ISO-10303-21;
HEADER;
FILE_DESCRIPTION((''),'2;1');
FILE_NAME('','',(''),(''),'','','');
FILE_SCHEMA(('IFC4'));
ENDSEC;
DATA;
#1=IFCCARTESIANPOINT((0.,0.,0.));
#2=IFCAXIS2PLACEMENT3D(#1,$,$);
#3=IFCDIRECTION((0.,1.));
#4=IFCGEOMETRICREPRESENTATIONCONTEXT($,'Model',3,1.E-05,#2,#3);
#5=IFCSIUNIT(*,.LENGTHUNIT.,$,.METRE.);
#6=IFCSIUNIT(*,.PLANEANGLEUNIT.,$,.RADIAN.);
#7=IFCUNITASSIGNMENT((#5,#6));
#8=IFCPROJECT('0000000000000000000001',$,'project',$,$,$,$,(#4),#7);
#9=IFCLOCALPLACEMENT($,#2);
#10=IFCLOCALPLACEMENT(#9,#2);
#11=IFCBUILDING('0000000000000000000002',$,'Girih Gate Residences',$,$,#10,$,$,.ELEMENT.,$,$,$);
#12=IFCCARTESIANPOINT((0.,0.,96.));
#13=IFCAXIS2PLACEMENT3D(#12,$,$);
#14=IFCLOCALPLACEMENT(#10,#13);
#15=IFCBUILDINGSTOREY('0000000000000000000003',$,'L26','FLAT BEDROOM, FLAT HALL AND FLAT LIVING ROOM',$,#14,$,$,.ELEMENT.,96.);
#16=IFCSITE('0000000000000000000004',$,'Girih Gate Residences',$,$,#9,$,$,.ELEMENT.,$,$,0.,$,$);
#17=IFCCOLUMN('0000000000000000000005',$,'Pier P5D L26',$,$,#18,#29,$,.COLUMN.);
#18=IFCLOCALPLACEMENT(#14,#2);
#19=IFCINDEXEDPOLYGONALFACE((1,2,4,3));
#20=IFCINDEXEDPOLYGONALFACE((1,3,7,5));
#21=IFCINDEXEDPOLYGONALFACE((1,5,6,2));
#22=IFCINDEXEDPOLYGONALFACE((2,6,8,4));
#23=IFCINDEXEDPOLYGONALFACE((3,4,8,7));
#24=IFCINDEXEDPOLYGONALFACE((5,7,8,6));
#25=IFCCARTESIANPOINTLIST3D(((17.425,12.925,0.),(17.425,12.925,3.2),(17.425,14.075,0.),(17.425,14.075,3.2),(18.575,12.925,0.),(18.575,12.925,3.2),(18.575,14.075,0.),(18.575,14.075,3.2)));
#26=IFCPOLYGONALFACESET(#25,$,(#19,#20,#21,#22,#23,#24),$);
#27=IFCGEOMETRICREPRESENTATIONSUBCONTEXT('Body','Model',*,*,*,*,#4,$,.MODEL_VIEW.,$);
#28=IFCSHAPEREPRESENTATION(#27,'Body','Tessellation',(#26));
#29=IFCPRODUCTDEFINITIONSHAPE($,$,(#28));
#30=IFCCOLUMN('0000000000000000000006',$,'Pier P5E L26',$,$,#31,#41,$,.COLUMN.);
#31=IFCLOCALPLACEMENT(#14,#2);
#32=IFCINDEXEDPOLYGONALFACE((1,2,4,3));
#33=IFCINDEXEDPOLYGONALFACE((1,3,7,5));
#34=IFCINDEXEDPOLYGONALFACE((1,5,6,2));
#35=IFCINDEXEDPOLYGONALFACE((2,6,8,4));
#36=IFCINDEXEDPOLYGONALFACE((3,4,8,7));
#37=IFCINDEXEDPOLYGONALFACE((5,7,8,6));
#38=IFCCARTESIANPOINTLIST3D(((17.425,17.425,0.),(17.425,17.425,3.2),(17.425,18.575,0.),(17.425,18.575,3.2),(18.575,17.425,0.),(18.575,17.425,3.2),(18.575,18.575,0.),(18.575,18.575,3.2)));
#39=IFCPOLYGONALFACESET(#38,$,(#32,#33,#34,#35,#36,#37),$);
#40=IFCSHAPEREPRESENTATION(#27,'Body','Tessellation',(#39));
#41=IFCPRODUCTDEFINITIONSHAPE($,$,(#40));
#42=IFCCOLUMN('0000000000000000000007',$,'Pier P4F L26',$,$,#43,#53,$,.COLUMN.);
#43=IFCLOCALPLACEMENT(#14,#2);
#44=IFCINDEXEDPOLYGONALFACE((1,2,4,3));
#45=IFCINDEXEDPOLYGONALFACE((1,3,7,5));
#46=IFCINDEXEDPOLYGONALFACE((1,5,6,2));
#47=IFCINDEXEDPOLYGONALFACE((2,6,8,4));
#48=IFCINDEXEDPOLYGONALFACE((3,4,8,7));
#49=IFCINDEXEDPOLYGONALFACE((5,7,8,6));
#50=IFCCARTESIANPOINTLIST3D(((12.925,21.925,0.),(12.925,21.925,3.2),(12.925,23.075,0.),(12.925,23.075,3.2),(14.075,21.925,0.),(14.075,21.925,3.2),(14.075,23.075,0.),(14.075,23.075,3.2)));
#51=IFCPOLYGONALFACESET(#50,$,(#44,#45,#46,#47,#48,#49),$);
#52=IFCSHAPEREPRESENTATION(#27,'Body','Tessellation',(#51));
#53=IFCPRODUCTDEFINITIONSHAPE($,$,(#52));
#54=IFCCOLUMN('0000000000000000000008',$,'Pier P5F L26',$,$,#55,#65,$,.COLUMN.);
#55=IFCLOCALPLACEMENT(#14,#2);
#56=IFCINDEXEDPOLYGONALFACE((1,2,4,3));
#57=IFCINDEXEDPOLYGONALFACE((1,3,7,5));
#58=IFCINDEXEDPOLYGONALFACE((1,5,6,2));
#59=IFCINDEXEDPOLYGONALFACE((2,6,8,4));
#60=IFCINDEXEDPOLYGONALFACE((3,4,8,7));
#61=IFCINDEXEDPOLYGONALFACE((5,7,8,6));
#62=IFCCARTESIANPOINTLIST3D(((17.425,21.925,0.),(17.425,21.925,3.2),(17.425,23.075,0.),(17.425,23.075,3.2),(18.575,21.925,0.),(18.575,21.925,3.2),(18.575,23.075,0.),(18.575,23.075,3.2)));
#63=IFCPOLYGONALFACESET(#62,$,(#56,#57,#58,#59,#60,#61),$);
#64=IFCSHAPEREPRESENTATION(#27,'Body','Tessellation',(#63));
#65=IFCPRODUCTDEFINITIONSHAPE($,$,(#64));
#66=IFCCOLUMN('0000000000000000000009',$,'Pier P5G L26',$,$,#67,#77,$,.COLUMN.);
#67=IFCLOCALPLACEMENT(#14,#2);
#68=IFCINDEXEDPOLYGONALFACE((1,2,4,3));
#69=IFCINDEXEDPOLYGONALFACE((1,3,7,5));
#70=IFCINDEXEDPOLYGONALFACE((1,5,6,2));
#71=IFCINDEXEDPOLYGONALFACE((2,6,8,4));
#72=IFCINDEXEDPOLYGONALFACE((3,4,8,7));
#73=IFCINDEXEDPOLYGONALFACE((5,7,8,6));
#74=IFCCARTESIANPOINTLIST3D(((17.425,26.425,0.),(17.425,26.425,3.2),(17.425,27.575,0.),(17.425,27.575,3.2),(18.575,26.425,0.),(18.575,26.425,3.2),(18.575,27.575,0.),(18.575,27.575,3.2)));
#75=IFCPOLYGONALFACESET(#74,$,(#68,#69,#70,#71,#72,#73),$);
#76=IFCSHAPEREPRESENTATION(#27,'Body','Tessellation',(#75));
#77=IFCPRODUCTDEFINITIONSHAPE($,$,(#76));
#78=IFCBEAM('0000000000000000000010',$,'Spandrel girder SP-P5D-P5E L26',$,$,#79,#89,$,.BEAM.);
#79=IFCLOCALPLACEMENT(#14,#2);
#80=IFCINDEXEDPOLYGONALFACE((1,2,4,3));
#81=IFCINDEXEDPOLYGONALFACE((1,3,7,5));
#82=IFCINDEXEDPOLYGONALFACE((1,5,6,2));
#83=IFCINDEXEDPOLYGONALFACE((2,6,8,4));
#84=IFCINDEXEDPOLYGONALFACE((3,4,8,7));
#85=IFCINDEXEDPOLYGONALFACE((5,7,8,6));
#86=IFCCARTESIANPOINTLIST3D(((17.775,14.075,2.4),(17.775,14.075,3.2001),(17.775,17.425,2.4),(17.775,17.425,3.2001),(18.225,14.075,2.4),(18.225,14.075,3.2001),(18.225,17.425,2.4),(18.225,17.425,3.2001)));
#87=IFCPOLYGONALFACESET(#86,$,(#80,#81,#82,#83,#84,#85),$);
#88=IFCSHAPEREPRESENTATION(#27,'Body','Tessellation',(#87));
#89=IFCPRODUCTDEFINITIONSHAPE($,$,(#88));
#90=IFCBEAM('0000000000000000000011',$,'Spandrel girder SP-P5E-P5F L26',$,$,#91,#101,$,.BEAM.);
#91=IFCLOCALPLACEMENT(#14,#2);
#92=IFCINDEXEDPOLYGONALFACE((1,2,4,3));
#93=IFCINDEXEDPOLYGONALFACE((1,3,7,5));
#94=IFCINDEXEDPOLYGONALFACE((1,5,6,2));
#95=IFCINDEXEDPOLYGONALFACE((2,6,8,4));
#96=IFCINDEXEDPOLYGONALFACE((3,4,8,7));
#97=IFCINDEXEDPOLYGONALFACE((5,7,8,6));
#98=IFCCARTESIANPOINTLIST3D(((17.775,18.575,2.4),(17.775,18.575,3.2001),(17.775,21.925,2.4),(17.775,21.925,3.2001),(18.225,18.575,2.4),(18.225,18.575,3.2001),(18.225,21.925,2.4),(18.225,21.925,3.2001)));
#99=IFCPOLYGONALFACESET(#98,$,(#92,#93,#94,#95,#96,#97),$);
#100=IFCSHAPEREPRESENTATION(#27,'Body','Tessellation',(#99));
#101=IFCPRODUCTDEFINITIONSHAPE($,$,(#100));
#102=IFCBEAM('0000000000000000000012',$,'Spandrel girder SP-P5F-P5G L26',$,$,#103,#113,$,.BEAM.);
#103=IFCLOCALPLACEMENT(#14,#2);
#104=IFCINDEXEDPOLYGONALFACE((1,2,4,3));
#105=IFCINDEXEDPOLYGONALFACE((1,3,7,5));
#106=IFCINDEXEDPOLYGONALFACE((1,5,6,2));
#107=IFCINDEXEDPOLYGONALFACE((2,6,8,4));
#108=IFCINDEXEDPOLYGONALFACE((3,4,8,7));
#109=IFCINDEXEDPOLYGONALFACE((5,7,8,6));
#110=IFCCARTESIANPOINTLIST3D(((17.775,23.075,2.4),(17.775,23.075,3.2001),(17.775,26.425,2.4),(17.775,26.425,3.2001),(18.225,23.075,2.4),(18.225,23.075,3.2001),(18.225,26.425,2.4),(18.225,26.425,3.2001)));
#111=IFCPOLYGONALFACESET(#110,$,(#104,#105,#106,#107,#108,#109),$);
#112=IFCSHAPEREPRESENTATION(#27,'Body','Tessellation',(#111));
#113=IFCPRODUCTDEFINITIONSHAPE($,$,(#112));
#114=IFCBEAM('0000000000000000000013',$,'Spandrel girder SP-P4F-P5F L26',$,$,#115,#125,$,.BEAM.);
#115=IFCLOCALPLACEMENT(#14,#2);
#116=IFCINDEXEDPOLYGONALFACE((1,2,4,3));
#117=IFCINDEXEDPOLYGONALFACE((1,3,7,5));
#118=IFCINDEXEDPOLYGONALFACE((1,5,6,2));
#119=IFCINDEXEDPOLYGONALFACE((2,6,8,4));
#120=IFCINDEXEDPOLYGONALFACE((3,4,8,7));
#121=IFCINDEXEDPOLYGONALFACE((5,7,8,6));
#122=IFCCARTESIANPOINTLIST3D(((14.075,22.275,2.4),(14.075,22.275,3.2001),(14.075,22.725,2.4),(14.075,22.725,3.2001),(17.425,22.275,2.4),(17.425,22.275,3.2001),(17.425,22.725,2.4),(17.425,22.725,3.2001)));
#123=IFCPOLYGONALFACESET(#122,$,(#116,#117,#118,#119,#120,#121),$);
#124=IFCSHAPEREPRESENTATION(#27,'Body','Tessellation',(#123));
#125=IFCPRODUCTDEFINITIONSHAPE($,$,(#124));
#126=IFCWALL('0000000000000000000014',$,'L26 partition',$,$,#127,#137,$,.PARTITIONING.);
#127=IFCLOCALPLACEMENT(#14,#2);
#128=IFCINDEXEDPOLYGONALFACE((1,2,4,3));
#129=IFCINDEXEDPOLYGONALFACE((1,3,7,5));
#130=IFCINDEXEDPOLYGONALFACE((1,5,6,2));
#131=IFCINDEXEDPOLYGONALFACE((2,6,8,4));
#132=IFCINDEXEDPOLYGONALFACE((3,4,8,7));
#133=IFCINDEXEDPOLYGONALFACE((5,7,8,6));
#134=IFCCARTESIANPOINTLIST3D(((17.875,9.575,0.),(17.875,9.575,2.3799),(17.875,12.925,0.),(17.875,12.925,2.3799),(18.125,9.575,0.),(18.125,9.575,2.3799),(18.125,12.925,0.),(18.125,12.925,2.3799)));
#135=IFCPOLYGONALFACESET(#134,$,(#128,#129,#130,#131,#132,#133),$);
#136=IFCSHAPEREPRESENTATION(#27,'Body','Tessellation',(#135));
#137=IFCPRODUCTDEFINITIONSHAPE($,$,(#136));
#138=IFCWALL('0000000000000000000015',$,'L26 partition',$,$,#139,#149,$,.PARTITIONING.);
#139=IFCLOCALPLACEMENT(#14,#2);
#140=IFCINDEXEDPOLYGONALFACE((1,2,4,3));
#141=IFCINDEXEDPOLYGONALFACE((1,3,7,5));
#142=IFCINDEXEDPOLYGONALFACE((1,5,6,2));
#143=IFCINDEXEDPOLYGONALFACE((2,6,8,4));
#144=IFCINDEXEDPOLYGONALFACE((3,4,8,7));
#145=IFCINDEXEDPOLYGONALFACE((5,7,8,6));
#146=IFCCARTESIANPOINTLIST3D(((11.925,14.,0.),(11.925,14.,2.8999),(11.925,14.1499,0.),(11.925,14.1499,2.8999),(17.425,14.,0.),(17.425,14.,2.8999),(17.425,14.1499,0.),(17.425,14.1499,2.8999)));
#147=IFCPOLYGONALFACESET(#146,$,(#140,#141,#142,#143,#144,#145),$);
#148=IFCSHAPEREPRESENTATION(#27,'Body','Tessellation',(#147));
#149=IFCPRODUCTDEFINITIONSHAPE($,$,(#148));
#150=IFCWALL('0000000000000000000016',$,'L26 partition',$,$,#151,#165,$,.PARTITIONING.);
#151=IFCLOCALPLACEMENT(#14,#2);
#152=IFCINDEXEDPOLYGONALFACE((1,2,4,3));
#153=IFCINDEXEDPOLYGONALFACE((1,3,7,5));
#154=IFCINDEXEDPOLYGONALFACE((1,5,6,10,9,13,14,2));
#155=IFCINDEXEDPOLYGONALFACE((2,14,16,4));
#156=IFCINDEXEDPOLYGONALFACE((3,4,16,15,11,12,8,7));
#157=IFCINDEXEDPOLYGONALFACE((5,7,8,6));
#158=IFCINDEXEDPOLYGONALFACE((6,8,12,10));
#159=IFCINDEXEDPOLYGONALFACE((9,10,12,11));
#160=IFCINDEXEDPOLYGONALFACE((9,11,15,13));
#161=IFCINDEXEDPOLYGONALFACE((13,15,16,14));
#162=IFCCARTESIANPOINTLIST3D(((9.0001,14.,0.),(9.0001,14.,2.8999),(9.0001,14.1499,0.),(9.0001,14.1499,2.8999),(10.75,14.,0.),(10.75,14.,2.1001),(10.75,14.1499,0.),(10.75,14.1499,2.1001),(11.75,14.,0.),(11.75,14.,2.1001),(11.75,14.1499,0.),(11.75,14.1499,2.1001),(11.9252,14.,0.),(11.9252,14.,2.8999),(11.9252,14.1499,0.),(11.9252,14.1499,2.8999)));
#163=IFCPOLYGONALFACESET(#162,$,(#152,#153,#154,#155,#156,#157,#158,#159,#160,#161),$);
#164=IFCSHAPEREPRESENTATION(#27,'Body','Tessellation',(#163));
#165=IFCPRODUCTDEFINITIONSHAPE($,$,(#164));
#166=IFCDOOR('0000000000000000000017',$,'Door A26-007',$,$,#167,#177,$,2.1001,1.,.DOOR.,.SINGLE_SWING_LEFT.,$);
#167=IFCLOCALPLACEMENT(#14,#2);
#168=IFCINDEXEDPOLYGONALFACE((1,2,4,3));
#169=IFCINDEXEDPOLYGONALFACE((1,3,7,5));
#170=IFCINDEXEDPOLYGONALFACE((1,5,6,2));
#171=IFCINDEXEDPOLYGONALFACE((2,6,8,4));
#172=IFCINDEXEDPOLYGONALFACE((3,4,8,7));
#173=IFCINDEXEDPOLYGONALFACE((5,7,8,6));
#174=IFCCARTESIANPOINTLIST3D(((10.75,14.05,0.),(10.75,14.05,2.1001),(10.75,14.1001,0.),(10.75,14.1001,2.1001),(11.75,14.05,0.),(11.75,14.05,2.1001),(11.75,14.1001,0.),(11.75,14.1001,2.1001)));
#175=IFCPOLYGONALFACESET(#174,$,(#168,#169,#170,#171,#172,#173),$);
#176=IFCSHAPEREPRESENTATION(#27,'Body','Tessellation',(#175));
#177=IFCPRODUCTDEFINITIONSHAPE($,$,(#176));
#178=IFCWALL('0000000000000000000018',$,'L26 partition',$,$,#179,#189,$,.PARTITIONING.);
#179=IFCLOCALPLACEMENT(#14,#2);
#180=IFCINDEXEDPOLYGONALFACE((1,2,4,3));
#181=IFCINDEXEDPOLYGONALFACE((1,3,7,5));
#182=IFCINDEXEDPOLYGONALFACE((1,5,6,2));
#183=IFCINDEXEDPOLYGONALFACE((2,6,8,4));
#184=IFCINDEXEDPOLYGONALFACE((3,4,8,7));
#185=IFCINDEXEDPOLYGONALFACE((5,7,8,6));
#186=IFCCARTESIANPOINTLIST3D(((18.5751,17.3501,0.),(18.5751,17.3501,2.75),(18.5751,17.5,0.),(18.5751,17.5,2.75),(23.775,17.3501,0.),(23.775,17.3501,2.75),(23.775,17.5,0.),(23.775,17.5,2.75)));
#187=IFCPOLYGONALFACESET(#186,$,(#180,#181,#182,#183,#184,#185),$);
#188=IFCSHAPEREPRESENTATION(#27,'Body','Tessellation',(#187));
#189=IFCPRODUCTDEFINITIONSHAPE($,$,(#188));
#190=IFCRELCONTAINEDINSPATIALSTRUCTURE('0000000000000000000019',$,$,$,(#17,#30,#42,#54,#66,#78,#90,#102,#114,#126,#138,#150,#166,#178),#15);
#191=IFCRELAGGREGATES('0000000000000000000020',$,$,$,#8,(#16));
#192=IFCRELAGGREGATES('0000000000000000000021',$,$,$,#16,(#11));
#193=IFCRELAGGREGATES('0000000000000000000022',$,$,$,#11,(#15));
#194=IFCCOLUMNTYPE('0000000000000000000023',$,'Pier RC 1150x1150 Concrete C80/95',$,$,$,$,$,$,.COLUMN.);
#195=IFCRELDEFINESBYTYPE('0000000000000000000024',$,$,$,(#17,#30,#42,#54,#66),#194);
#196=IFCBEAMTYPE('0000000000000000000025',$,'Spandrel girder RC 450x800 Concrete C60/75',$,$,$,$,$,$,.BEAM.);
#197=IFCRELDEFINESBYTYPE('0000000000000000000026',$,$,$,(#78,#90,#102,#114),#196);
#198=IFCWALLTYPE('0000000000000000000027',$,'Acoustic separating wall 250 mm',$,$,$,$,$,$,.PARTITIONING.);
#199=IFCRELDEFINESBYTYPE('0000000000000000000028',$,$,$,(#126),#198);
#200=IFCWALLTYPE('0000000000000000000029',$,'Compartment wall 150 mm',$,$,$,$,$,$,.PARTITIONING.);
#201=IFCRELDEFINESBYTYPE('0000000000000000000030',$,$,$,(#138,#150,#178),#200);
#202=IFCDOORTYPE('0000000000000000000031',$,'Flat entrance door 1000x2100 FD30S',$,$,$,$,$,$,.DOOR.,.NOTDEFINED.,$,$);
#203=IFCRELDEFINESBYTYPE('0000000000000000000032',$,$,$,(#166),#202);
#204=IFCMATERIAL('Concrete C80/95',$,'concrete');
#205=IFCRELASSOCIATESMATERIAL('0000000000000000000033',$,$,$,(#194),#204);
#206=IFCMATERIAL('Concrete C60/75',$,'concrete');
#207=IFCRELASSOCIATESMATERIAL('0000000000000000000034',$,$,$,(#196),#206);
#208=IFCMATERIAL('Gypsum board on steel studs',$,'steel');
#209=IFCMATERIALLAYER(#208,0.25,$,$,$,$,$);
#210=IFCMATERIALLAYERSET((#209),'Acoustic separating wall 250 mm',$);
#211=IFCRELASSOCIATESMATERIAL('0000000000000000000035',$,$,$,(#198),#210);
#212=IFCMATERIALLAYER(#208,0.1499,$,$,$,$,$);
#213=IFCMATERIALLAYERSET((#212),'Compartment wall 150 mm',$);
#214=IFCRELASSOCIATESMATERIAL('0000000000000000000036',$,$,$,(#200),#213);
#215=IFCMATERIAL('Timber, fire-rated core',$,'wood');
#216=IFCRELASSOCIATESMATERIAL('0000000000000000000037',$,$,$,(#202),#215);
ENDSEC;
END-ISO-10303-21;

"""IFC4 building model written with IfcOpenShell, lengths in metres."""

from ifc_helpers import new_model, si_unit, direction, frame, frame_2d, origin, origin_2d, place, context, subcontext, project, spatial, rectangle, extrude, material, layer, layer_set, material_profile, profile_set, type_object, element, fill, save


model = new_model("IFC4")

# Units and contexts
model_context = context("Model", 3, precision=1e-05, world=origin(), true_north=direction((0.0, 1.0)))
body_context = subcontext(model_context, "Body", "Model", "MODEL_VIEW")
ifc_project = project(units=[si_unit("LENGTHUNIT", "METRE"), si_unit("PLANEANGLEUNIT", "RADIAN")], contexts=[model_context])

# Site, building, storey
site_placement = place(None, origin())
site = spatial("IfcSite", under=ifc_project, at=site_placement, Name="Girih Gate Residences", CompositionType="ELEMENT", RefElevation=0.0)
building_placement = place(site_placement, origin())
building = spatial("IfcBuilding", under=site, at=building_placement, Name="Girih Gate Residences", CompositionType="ELEMENT")
storey_placement = place(building_placement, frame((0.0, 0.0, 96.0)))
storey = spatial("IfcBuildingStorey", under=building, at=storey_placement, Name="L26", Description="FLAT BEDROOM, FLAT HALL AND FLAT LIVING ROOM", CompositionType="ELEMENT", Elevation=96.0)

# Columns
ifc_material_1 = material(Name="Concrete C80/95", Category="concrete")
ifc_material_profile_1 = material_profile(ifc_material_1, rectangle(XDim=1.1499, YDim=1.1499, at=origin_2d()))
ifc_profile_set_1 = profile_set([ifc_material_profile_1], Name="Concrete C80/95")
column_type = type_object("IfcColumnType", Name="Pier RC 1150x1150 Concrete C80/95", PredefinedType="COLUMN", material=ifc_profile_set_1)
for number, where, z_axis, x_axis, name in (
    (1, (18.0, 13.5, 0.0), (0.0, 0.0, 1.0), (1.0, 0.0, 0.0), "Pier P5D L26"),
    (2, (18.0, 18.0, 0.0), (0.0, 0.0, 1.0), (1.0, 0.0, 0.0), "Pier P5E L26"),
    (3, (13.5, 22.5, 0.0), (0.0, 0.0, 1.0), (1.0, 0.0, 0.0), "Pier P4F L26"),
    (4, (18.0, 22.5, 0.0), (0.0, 0.0, 1.0), (1.0, 0.0, 0.0), "Pier P5F L26"),
    (5, (18.0, 27.0, 0.0), (0.0, 0.0, 1.0), (1.0, 0.0, 0.0), "Pier P5G L26"),
):
    element("IfcColumn", number, at=place(storey_placement, frame(where, z_axis=z_axis, x_axis=x_axis)), inside=storey, type_object=column_type, Name=name, PredefinedType="COLUMN", context=body_context, shape_type="SweptSolid", body=[
        extrude(rectangle(XDim=1.1499, YDim=1.1499, at=origin_2d()), origin(), (0.0, 0.0, 1.0), 3.2),
    ])

# Beams
ifc_material_2 = material(Name="Concrete C60/75", Category="concrete")
ifc_material_profile_2 = material_profile(ifc_material_2, rectangle(XDim=0.45, YDim=0.8, at=origin_2d()))
ifc_profile_set_2 = profile_set([ifc_material_profile_2], Name="Concrete C60/75")
beam_type = type_object("IfcBeamType", Name="Spandrel girder RC 450x800 Concrete C60/75", PredefinedType="BEAM", material=ifc_profile_set_2)
for number, where, z_axis, x_axis, name in (
    (6, (18.0, 14.075, 2.8), (0.0, 1.0, 0.0), (-1.0, 0.0, 0.0), "Spandrel girder SP-P5D-P5E L26"),
    (7, (18.0, 18.575, 2.8), (0.0, 1.0, 0.0), (-1.0, 0.0, 0.0), "Spandrel girder SP-P5E-P5F L26"),
    (8, (18.0, 23.075, 2.8), (0.0, 1.0, 0.0), (-1.0, 0.0, 0.0), "Spandrel girder SP-P5F-P5G L26"),
    (9, (14.075, 22.5, 2.8), (1.0, 0.0, 0.0), (0.0, 1.0, 0.0), "Spandrel girder SP-P4F-P5F L26"),
):
    element("IfcBeam", number, at=place(storey_placement, frame(where, z_axis=z_axis, x_axis=x_axis)), inside=storey, type_object=beam_type, Name=name, PredefinedType="BEAM", context=body_context, shape_type="SweptSolid", body=[
        extrude(rectangle(XDim=0.45, YDim=0.8, at=origin_2d()), origin(), (0.0, 0.0, 1.0), 3.3501),
    ])

# Walls
ifc_material_3 = material(Name="Gypsum board on steel studs", Category="steel")
ifc_layer_1 = layer(ifc_material_3, 0.25)
ifc_layer_set_1 = layer_set([ifc_layer_1], Name="Acoustic separating wall 250 mm")
wall_type_1 = type_object("IfcWallType", Name="Acoustic separating wall 250 mm", PredefinedType="PARTITIONING", material=ifc_layer_set_1)
wall_1_placement = place(storey_placement, frame((18.0, 9.575, 0.0), z_axis=(0.0, 0.0, 1.0), x_axis=(0.0, 1.0, 0.0)))
element("IfcWall", 10, at=wall_1_placement, inside=storey, type_object=wall_type_1, Name="L26 partition", PredefinedType="PARTITIONING", context=body_context, shape_type="SweptSolid", body=[
    extrude(rectangle(XDim=3.3501, YDim=0.25, at=frame_2d((1.675, 0.0))), origin(), (0.0, 0.0, 1.0), 2.3799),
])
ifc_layer_2 = layer(ifc_material_3, 0.1499)
ifc_layer_set_2 = layer_set([ifc_layer_2], Name="Compartment wall 150 mm")
wall_type_2 = type_object("IfcWallType", Name="Compartment wall 150 mm", PredefinedType="PARTITIONING", material=ifc_layer_set_2)
wall_2_placement = place(storey_placement, frame((11.925, 14.075, 0.0), z_axis=(0.0, 0.0, 1.0), x_axis=(1.0, 0.0, 0.0)))
element("IfcWall", 11, at=wall_2_placement, inside=storey, type_object=wall_type_2, Name="L26 partition", PredefinedType="PARTITIONING", context=body_context, shape_type="SweptSolid", body=[
    extrude(rectangle(XDim=5.5, YDim=0.1499, at=frame_2d((2.75, 0.0))), origin(), (0.0, 0.0, 1.0), 2.8999),
])

# Wall, opening, door
wall_3_placement = place(storey_placement, frame((11.925, 14.075, 0.0), z_axis=(0.0, 0.0, 1.0), x_axis=(-1.0, 0.0, 0.0)))
wall_3 = element("IfcWall", 12, at=wall_3_placement, inside=storey, type_object=wall_type_2, Name="L26 partition", PredefinedType="PARTITIONING", context=body_context, shape_type="SweptSolid", body=[
    extrude(rectangle(XDim=2.925, YDim=0.1499, at=frame_2d((1.4624, 0.0))), origin(), (0.0, 0.0, 1.0), 2.8999),
])
opening_1_placement = place(wall_3_placement, frame((0.175, 0.0, 0.0)))
opening_1 = element("IfcOpeningElement", 13, at=opening_1_placement, cuts=wall_3, PredefinedType="OPENING", context=body_context, shape_type="SweptSolid", body=[
    extrude(rectangle(XDim=1.0, YDim=2.1001, at=frame_2d((0.5, 1.05))), frame((0.0, 0.085, 0.0), z_axis=(0.0, -1.0, 0.0), x_axis=(1.0, 0.0, 0.0)), (0.0, 0.0, 1.0), 0.1699),
])
ifc_material_4 = material(Name="Timber, fire-rated core", Category="wood")
door_type_1 = type_object("IfcDoorType", Name="Flat entrance door 1000x2100 FD30S", OperationType="NOTDEFINED", PredefinedType="DOOR", material=ifc_material_4)
door_1_placement = place(opening_1_placement, origin())
door_1 = element("IfcDoor", 14, at=door_1_placement, inside=storey, type_object=door_type_1, Name="Door A26-007", OperationType="SINGLE_SWING_LEFT", OverallHeight=2.1001, OverallWidth=1.0, PredefinedType="DOOR", context=body_context, shape_type="SweptSolid", body=[
    extrude(rectangle(XDim=1.0, YDim=2.1001, at=frame_2d((0.5, 1.05))), frame((0.0, 0.0249, 0.0), z_axis=(0.0, -1.0, 0.0), x_axis=(1.0, 0.0, 0.0)), (0.0, 0.0, 1.0), 0.05),
])
fill(opening_1, door_1)

# Wall
wall_4_placement = place(storey_placement, frame((18.575, 17.425, 0.0), z_axis=(0.0, 0.0, 1.0), x_axis=(1.0, 0.0, 0.0)))
element("IfcWall", 15, at=wall_4_placement, inside=storey, type_object=wall_type_2, Name="L26 partition", PredefinedType="PARTITIONING", context=body_context, shape_type="SweptSolid", body=[
    extrude(rectangle(XDim=5.2, YDim=0.1499, at=frame_2d((2.6001, 0.0))), origin(), (0.0, 0.0, 1.0), 2.75),
])

save(model, "model.ifc")
